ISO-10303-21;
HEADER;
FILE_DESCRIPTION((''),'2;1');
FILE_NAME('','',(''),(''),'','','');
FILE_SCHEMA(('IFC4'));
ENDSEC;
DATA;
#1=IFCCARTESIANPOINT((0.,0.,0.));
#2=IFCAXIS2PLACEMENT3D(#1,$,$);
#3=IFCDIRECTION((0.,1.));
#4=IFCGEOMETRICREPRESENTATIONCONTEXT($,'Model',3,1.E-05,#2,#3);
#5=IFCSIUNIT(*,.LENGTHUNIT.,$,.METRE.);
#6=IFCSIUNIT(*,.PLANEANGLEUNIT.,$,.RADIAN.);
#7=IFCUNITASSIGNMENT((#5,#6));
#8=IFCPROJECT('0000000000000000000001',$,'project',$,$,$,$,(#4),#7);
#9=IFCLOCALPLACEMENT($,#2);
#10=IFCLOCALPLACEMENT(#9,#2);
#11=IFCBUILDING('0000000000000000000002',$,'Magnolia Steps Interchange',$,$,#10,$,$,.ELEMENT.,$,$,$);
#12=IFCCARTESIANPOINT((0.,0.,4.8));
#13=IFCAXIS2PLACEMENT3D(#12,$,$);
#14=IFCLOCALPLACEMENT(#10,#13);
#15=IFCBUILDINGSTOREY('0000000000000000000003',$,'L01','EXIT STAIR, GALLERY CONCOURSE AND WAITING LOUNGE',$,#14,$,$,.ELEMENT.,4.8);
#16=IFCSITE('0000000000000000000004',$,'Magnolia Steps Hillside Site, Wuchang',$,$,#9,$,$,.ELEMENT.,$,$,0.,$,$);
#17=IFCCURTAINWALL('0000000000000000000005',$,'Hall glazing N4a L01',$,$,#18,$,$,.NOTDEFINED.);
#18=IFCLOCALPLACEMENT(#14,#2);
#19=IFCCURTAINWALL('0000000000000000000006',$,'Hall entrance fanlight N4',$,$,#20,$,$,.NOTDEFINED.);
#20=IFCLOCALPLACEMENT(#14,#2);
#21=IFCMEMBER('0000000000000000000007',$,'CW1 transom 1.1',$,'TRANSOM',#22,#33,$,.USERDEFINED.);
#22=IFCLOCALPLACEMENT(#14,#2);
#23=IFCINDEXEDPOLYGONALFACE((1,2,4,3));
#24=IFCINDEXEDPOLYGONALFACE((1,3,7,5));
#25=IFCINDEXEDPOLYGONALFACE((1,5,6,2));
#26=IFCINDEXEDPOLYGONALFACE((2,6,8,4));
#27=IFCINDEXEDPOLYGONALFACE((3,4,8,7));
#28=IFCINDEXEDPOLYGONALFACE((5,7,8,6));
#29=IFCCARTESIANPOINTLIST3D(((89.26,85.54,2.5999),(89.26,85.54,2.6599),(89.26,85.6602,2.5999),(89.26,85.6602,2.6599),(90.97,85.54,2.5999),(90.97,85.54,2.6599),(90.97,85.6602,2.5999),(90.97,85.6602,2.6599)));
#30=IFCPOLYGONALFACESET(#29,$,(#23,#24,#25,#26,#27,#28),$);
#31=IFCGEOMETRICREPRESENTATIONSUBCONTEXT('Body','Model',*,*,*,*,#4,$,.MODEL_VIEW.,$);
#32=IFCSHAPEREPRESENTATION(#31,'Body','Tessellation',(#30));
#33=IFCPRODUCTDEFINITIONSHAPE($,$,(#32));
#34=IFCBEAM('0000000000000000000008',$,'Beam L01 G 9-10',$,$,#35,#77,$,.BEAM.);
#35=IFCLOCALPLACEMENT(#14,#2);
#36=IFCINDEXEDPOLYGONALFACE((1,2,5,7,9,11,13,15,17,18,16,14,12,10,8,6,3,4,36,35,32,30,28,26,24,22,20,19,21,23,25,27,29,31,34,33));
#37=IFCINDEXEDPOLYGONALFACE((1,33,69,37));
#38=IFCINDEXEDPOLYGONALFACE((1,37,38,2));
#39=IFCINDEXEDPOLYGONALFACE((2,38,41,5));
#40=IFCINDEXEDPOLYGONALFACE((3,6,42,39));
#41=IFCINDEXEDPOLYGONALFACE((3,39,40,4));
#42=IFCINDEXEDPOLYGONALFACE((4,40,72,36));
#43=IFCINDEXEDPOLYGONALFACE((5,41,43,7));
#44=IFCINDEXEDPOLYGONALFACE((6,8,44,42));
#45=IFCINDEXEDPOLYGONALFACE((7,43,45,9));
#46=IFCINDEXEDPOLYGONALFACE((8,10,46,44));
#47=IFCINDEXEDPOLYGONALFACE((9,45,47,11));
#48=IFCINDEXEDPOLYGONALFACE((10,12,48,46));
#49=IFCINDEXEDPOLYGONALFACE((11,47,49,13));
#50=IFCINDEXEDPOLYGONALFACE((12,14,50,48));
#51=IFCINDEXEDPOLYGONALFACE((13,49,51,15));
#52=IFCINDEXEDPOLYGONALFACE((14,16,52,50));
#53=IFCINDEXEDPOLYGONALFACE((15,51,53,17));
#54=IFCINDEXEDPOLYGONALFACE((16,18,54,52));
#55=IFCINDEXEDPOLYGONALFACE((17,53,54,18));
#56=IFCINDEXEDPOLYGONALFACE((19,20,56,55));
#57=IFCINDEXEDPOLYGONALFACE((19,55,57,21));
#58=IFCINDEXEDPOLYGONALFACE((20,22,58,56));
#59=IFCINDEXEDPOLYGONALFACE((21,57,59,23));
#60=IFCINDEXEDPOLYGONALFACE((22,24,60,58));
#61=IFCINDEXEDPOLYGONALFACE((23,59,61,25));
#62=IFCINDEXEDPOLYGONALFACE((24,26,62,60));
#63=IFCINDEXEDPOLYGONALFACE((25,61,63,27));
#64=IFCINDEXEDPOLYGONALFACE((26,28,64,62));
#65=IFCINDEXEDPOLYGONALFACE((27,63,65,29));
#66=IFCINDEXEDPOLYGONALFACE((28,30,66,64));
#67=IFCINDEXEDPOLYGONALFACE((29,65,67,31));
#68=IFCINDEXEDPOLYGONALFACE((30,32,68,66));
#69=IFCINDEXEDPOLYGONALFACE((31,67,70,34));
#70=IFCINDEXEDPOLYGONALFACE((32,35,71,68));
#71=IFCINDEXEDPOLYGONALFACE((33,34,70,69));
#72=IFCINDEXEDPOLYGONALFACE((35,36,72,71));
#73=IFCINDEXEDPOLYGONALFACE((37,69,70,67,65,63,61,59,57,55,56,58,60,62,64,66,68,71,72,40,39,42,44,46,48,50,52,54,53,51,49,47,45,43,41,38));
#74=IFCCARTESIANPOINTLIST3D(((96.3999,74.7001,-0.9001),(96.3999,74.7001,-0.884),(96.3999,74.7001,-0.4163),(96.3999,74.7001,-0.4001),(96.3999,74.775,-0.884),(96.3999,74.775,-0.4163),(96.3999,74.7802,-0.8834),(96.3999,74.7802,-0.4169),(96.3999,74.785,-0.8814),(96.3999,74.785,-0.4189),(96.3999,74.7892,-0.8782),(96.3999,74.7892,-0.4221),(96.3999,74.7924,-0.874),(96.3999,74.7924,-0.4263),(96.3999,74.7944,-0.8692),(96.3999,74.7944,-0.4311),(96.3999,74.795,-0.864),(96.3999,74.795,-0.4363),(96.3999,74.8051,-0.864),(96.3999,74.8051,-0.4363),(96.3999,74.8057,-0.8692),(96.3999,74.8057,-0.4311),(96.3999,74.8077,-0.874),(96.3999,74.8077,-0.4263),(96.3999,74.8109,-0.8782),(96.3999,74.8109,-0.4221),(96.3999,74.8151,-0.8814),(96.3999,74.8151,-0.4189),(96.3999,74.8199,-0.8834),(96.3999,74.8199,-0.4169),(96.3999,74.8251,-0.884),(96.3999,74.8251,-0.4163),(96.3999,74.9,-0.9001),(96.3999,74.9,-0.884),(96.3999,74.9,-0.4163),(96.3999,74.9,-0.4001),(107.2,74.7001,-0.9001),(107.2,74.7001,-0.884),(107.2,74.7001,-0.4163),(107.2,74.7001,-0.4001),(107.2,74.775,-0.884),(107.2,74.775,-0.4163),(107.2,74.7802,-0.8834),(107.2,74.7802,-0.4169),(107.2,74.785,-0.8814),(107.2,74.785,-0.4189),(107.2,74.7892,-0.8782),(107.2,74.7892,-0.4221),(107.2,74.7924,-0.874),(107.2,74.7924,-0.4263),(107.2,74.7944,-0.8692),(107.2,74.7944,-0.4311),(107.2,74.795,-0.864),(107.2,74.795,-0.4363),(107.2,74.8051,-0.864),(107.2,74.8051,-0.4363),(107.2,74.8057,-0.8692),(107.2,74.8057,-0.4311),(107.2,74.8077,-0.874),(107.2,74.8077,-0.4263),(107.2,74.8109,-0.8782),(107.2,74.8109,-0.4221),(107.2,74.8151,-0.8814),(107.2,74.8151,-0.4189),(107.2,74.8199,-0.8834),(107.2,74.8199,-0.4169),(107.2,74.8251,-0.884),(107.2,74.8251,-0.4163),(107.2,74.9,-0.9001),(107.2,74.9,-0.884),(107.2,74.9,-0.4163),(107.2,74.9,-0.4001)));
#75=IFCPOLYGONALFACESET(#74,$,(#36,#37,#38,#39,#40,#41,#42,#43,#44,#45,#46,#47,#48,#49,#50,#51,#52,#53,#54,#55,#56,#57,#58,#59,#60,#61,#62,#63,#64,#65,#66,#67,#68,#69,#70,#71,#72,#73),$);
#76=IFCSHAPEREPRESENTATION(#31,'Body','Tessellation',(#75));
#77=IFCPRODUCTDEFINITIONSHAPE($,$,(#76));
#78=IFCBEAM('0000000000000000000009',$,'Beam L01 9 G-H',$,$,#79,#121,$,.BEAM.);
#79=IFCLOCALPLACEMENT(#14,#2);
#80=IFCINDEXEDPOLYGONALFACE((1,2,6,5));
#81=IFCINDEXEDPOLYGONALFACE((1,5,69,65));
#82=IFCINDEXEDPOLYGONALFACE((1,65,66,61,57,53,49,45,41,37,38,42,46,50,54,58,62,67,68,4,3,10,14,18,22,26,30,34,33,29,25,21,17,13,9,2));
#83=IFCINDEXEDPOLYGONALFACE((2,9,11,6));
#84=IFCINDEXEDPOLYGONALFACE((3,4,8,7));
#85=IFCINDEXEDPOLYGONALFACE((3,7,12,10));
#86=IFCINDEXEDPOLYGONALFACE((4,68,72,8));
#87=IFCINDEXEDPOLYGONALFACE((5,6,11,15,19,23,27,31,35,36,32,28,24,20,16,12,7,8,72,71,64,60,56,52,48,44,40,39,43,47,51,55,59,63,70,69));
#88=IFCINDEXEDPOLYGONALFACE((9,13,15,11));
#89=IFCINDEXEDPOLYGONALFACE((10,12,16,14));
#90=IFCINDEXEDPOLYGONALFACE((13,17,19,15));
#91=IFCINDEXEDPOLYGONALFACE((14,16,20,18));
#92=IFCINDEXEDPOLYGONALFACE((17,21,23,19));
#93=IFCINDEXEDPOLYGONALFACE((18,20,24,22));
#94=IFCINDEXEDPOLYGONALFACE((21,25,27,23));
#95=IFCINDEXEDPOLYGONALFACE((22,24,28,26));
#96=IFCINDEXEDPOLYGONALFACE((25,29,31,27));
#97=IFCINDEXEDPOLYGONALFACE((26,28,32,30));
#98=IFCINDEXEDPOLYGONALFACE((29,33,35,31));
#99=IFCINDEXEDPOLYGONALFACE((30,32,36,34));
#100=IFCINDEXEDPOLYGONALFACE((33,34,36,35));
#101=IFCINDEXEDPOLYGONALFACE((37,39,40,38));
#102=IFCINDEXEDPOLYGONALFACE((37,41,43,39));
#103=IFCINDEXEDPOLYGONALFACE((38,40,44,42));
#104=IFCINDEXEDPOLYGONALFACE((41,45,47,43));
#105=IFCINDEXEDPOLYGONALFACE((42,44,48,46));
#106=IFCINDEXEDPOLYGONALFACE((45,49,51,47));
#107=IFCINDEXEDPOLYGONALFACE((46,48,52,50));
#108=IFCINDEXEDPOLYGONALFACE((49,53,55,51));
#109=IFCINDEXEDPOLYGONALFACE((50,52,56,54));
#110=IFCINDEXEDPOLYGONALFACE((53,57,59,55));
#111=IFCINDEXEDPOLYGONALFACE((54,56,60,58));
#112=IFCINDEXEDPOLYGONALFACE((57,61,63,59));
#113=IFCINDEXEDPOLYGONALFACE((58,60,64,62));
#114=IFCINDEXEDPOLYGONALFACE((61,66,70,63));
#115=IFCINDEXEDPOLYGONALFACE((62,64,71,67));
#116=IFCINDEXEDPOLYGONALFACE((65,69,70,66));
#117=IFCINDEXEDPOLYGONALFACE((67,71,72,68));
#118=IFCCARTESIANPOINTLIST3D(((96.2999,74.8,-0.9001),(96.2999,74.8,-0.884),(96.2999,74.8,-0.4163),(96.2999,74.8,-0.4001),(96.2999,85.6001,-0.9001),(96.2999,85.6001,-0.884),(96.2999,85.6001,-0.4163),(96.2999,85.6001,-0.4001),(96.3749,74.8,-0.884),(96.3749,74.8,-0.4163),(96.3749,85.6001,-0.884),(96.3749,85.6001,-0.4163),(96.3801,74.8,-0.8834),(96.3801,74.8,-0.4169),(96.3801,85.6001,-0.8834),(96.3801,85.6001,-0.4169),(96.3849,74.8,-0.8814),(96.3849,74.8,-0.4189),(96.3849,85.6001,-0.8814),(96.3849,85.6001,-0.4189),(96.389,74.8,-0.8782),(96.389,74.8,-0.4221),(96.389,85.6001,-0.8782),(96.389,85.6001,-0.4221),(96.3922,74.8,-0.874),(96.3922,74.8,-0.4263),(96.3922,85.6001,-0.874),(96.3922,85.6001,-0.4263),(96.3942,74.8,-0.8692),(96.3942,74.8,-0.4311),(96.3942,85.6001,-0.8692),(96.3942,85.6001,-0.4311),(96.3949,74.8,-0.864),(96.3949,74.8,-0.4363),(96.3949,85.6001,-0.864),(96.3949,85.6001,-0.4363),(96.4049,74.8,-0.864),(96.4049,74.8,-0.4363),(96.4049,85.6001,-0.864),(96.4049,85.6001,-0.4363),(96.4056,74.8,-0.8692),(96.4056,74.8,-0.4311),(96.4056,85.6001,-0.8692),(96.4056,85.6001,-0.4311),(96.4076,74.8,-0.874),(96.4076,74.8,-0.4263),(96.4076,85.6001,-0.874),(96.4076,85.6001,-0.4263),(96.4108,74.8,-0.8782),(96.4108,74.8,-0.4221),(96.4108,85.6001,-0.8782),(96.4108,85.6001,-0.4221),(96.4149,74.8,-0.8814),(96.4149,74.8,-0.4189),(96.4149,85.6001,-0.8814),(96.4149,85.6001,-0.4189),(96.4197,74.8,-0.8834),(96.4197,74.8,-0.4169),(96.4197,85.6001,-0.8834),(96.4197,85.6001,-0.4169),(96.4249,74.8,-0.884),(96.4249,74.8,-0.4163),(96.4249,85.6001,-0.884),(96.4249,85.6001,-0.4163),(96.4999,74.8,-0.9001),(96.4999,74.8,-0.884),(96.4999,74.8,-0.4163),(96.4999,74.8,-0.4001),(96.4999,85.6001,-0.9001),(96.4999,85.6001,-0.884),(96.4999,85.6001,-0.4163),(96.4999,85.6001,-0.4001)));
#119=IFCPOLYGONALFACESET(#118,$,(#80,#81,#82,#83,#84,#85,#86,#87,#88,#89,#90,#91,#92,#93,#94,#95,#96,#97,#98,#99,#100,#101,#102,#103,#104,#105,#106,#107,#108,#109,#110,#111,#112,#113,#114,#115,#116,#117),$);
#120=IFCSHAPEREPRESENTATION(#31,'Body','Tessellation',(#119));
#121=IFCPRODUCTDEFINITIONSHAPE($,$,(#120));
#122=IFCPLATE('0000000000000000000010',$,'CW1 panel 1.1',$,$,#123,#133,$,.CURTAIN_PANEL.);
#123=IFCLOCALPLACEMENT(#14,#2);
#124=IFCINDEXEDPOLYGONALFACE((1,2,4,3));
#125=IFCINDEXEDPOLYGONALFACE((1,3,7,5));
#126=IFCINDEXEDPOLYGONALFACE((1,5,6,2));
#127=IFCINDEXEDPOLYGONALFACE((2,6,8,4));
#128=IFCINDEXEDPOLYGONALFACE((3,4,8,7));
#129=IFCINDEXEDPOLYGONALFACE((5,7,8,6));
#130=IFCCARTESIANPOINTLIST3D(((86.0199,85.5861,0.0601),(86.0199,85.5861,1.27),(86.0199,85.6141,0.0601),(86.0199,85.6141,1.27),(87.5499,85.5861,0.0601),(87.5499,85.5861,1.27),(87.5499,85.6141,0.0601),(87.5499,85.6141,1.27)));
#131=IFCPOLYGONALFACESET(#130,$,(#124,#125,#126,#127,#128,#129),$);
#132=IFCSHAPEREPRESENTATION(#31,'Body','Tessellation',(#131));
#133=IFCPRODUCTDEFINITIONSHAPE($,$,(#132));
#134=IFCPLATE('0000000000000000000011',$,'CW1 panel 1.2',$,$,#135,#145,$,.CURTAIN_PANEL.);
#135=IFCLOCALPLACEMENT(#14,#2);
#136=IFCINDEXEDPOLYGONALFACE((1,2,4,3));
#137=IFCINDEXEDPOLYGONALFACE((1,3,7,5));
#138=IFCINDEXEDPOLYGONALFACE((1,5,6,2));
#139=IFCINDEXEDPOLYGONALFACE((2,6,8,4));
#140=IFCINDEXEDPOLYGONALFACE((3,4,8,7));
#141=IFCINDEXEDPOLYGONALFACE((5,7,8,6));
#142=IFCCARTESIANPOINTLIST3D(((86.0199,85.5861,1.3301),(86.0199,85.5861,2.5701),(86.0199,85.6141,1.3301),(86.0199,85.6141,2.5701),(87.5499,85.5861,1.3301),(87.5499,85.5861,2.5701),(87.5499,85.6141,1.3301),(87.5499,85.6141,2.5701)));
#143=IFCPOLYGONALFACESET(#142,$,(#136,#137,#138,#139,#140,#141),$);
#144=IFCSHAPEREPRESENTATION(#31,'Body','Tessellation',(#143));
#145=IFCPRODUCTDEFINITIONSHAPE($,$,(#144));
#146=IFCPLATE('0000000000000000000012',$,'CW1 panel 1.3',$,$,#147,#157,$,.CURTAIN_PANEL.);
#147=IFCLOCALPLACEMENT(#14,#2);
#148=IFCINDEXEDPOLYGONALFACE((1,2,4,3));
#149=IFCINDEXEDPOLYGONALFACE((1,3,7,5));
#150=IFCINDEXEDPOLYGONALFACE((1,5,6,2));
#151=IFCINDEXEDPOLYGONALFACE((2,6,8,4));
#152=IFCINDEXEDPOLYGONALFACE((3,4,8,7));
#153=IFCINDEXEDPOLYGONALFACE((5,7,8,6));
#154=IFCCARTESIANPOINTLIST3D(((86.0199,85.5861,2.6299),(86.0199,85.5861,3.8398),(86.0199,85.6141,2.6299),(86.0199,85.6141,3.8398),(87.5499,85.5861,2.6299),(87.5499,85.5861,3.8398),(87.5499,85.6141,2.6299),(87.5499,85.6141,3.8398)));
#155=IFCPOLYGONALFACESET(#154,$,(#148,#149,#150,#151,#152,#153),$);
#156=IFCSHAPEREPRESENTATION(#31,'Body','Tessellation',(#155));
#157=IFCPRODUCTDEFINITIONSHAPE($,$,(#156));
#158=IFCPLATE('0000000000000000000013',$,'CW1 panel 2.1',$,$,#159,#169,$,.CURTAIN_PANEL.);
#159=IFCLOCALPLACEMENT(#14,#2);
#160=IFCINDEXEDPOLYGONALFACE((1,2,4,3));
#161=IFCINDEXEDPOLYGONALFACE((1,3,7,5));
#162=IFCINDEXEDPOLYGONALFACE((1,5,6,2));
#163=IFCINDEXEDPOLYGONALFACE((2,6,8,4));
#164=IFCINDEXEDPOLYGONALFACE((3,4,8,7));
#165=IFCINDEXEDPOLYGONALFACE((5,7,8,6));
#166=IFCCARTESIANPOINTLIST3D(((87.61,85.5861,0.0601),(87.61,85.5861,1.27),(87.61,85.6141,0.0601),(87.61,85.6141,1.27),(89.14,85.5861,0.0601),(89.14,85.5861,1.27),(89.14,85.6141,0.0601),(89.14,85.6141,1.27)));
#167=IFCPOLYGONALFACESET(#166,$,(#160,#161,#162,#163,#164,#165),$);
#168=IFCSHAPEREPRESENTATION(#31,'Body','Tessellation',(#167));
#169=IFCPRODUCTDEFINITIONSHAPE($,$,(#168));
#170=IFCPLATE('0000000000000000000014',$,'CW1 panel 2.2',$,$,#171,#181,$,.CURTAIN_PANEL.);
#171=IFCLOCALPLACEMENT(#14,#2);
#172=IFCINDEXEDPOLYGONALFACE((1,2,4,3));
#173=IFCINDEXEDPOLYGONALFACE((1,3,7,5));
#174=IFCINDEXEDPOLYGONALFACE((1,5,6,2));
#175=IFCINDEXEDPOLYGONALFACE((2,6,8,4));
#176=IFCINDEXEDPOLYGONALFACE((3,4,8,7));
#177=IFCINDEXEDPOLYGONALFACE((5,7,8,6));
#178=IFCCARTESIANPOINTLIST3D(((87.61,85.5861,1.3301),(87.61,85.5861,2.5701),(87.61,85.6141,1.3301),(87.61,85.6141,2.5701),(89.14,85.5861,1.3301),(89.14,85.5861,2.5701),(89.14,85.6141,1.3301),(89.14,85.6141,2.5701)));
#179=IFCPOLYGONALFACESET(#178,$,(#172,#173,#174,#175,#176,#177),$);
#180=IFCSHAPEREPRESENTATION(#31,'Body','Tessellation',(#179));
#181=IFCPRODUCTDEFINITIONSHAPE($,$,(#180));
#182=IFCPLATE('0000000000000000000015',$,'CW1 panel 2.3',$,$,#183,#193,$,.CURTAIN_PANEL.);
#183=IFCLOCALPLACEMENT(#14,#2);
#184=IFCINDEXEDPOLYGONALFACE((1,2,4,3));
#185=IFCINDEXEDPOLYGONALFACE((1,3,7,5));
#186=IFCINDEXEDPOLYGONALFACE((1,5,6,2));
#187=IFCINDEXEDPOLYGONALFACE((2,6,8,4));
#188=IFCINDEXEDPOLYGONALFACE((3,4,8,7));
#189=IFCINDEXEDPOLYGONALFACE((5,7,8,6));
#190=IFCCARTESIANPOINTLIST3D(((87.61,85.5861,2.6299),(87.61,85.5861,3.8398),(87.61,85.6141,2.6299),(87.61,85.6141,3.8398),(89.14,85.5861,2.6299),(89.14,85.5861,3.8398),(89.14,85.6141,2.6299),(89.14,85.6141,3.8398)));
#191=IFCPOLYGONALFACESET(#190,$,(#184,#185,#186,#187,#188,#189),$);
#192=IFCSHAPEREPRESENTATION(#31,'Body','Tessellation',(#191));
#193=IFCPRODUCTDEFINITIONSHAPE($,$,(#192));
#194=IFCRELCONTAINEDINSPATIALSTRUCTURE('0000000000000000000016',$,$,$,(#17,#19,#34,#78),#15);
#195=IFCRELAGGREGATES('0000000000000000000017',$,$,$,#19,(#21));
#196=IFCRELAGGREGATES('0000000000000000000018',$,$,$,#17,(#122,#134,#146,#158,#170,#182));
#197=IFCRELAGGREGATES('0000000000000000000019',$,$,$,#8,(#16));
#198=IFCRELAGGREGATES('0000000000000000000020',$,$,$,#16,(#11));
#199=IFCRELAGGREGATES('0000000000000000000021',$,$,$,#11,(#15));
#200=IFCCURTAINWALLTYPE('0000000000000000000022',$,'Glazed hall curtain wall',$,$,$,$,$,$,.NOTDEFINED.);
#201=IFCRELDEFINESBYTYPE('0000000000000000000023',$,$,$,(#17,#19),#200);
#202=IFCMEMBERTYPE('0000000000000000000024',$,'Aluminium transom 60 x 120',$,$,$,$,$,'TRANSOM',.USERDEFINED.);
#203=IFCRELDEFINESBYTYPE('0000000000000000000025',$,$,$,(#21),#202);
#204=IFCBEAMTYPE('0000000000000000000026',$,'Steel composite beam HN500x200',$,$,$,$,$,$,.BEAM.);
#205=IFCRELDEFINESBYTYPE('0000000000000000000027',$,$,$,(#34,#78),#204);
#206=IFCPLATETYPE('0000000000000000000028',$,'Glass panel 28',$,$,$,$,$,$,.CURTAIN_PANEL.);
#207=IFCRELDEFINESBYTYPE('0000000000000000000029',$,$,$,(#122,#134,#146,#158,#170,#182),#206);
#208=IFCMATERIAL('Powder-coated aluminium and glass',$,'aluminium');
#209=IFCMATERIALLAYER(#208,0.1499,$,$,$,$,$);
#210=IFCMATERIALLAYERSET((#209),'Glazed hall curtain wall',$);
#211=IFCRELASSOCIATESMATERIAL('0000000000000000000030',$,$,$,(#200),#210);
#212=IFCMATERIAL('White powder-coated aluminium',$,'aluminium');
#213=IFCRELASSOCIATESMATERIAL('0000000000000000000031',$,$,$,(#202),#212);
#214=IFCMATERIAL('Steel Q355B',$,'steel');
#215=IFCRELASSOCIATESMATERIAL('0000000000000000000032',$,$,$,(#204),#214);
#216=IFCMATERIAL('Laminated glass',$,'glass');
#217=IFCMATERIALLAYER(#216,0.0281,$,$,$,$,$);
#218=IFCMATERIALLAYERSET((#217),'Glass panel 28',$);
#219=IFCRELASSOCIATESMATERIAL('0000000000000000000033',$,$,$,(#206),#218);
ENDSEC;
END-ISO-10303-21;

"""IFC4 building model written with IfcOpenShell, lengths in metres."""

from ifc_helpers import new_model, si_unit, direction, frame, origin, origin_2d, place, context, subcontext, project, spatial, rectangle, i_section, extrude, material, layer, layer_set, material_profile, profile_set, type_object, element, aggregate, save


model = new_model("IFC4")

# Units and contexts
model_context = context("Model", 3, precision=1e-05, world=origin(), true_north=direction((0.0, 1.0)))
body_context = subcontext(model_context, "Body", "Model", "MODEL_VIEW")
ifc_project = project(units=[si_unit("LENGTHUNIT", "METRE"), si_unit("PLANEANGLEUNIT", "RADIAN")], contexts=[model_context])

# Site, building, storey
site_placement = place(None, origin())
site = spatial("IfcSite", under=ifc_project, at=site_placement, Name="Magnolia Steps Hillside Site, Wuchang", CompositionType="ELEMENT", RefElevation=0.0)
building_placement = place(site_placement, origin())
building = spatial("IfcBuilding", under=site, at=building_placement, Name="Magnolia Steps Interchange", CompositionType="ELEMENT")
storey_placement = place(building_placement, frame((0.0, 0.0, 4.8)))
storey = spatial("IfcBuildingStorey", under=building, at=storey_placement, Name="L01", Description="EXIT STAIR, GALLERY CONCOURSE AND WAITING LOUNGE", CompositionType="ELEMENT", Elevation=4.8)

# Curtain wall
ifc_material_1 = material(Name="Powder-coated aluminium and glass", Category="aluminium")
ifc_layer_1 = layer(ifc_material_1, 0.1499)
ifc_layer_set_1 = layer_set([ifc_layer_1], Name="Glazed hall curtain wall")
curtain_wall_type = type_object("IfcCurtainWallType", Name="Glazed hall curtain wall", PredefinedType="NOTDEFINED", material=ifc_layer_set_1)
curtain_wall_1_placement = place(storey_placement, origin())
curtain_wall_1 = element("IfcCurtainWall", 1, at=curtain_wall_1_placement, inside=storey, type_object=curtain_wall_type, Name="Hall glazing N4a L01", PredefinedType="NOTDEFINED")

# Curtain wall
curtain_wall_2_placement = place(storey_placement, origin())
curtain_wall_2 = element("IfcCurtainWall", 2, at=curtain_wall_2_placement, inside=storey, type_object=curtain_wall_type, Name="Hall entrance fanlight N4", PredefinedType="NOTDEFINED")

# Member
ifc_material_2 = material(Name="White powder-coated aluminium", Category="aluminium")
ifc_material_profile_1 = material_profile(ifc_material_2, rectangle(XDim=0.0601, YDim=0.1201, at=origin_2d()), Name="Aluminium transom 60 x 120")
ifc_profile_set_1 = profile_set([ifc_material_profile_1], Name="White powder-coated aluminium")
member_type_1 = type_object("IfcMemberType", Name="Aluminium transom 60 x 120", ElementType="TRANSOM", PredefinedType="USERDEFINED", material=ifc_profile_set_1)
member_1_placement = place(storey_placement, frame((89.26, 85.6001, 2.6299), z_axis=(1.0, 0.0, 0.0), x_axis=(0.0, 0.0, 1.0)))
member_1 = element("IfcMember", 3, at=member_1_placement, type_object=member_type_1, Name="CW1 transom 1.1", ObjectType="TRANSOM", PredefinedType="USERDEFINED", context=body_context, shape_type="SweptSolid", body=[
    extrude(rectangle(XDim=0.0601, YDim=0.1201, at=origin_2d()), origin(), (0.0, 0.0, 1.0), 1.71),
])
aggregate(curtain_wall_2, [member_1])

# Beams
ifc_material_3 = material(Name="Steel Q355B", Category="steel")
ifc_material_profile_2 = material_profile(ifc_material_3, i_section(OverallWidth=0.2, OverallDepth=0.5, WebThickness=0.01, FlangeThickness=0.0161, FilletRadius=0.02, at=origin_2d()), Name="HN500x200")
ifc_profile_set_2 = profile_set([ifc_material_profile_2], Name="Steel Q355B")
beam_type = type_object("IfcBeamType", Name="Steel composite beam HN500x200", PredefinedType="BEAM", material=ifc_profile_set_2)
for number, where, z_axis, x_axis, name in (
    (4, (96.3999, 74.8, -0.6501), (1.0, 0.0, 0.0), (0.0, 1.0, 0.0), "Beam L01 G 9-10"),
    (5, (96.3999, 74.8, -0.6501), (0.0, 1.0, 0.0), (-1.0, 0.0, 0.0), "Beam L01 9 G-H"),
):
    element("IfcBeam", number, at=place(storey_placement, frame(where, z_axis=z_axis, x_axis=x_axis)), inside=storey, type_object=beam_type, Name=name, PredefinedType="BEAM", context=body_context, shape_type="SweptSolid", body=[
        extrude(i_section(OverallWidth=0.2, OverallDepth=0.5, WebThickness=0.01, FlangeThickness=0.0161, FilletRadius=0.02, at=origin_2d()), origin(), (0.0, 0.0, 1.0), 10.8),
    ])

# Plates
ifc_material_4 = material(Name="Laminated glass", Category="glass")
ifc_layer_2 = layer(ifc_material_4, 0.0281)
ifc_layer_set_2 = layer_set([ifc_layer_2], Name="Glass panel 28")
plate_type = type_object("IfcPlateType", Name="Glass panel 28", PredefinedType="CURTAIN_PANEL", material=ifc_layer_set_2)
plate_1_placement = place(storey_placement, frame((86.7849, 85.6001, 0.0601), z_axis=(0.0, 0.0, 1.0), x_axis=(1.0, 0.0, 0.0)))
plate_1 = element("IfcPlate", 6, at=plate_1_placement, type_object=plate_type, Name="CW1 panel 1.1", PredefinedType="CURTAIN_PANEL", context=body_context, shape_type="SweptSolid", body=[
    extrude(rectangle(XDim=1.53, YDim=0.0281, at=origin_2d()), origin(), (0.0, 0.0, 1.0), 1.21),
])
plate_2_placement = place(storey_placement, frame((86.7849, 85.6001, 1.3301), z_axis=(0.0, 0.0, 1.0), x_axis=(1.0, 0.0, 0.0)))
plate_2 = element("IfcPlate", 7, at=plate_2_placement, type_object=plate_type, Name="CW1 panel 1.2", PredefinedType="CURTAIN_PANEL", context=body_context, shape_type="SweptSolid", body=[
    extrude(rectangle(XDim=1.53, YDim=0.0281, at=origin_2d()), origin(), (0.0, 0.0, 1.0), 1.24),
])
plate_3_placement = place(storey_placement, frame((86.7849, 85.6001, 2.6299), z_axis=(0.0, 0.0, 1.0), x_axis=(1.0, 0.0, 0.0)))
plate_3 = element("IfcPlate", 8, at=plate_3_placement, type_object=plate_type, Name="CW1 panel 1.3", PredefinedType="CURTAIN_PANEL", context=body_context, shape_type="SweptSolid", body=[
    extrude(rectangle(XDim=1.53, YDim=0.0281, at=origin_2d()), origin(), (0.0, 0.0, 1.0), 1.21),
])
plate_4_placement = place(storey_placement, frame((88.375, 85.6001, 0.0601), z_axis=(0.0, 0.0, 1.0), x_axis=(1.0, 0.0, 0.0)))
plate_4 = element("IfcPlate", 9, at=plate_4_placement, type_object=plate_type, Name="CW1 panel 2.1", PredefinedType="CURTAIN_PANEL", context=body_context, shape_type="SweptSolid", body=[
    extrude(rectangle(XDim=1.53, YDim=0.0281, at=origin_2d()), origin(), (0.0, 0.0, 1.0), 1.21),
])
plate_5_placement = place(storey_placement, frame((88.375, 85.6001, 1.3301), z_axis=(0.0, 0.0, 1.0), x_axis=(1.0, 0.0, 0.0)))
plate_5 = element("IfcPlate", 10, at=plate_5_placement, type_object=plate_type, Name="CW1 panel 2.2", PredefinedType="CURTAIN_PANEL", context=body_context, shape_type="SweptSolid", body=[
    extrude(rectangle(XDim=1.53, YDim=0.0281, at=origin_2d()), origin(), (0.0, 0.0, 1.0), 1.24),
])
plate_6_placement = place(storey_placement, frame((88.375, 85.6001, 2.6299), z_axis=(0.0, 0.0, 1.0), x_axis=(1.0, 0.0, 0.0)))
plate_6 = element("IfcPlate", 11, at=plate_6_placement, type_object=plate_type, Name="CW1 panel 2.3", PredefinedType="CURTAIN_PANEL", context=body_context, shape_type="SweptSolid", body=[
    extrude(rectangle(XDim=1.53, YDim=0.0281, at=origin_2d()), origin(), (0.0, 0.0, 1.0), 1.21),
])
aggregate(curtain_wall_1, [plate_1, plate_2, plate_3, plate_4, plate_5, plate_6])

save(model, "model.ifc")
